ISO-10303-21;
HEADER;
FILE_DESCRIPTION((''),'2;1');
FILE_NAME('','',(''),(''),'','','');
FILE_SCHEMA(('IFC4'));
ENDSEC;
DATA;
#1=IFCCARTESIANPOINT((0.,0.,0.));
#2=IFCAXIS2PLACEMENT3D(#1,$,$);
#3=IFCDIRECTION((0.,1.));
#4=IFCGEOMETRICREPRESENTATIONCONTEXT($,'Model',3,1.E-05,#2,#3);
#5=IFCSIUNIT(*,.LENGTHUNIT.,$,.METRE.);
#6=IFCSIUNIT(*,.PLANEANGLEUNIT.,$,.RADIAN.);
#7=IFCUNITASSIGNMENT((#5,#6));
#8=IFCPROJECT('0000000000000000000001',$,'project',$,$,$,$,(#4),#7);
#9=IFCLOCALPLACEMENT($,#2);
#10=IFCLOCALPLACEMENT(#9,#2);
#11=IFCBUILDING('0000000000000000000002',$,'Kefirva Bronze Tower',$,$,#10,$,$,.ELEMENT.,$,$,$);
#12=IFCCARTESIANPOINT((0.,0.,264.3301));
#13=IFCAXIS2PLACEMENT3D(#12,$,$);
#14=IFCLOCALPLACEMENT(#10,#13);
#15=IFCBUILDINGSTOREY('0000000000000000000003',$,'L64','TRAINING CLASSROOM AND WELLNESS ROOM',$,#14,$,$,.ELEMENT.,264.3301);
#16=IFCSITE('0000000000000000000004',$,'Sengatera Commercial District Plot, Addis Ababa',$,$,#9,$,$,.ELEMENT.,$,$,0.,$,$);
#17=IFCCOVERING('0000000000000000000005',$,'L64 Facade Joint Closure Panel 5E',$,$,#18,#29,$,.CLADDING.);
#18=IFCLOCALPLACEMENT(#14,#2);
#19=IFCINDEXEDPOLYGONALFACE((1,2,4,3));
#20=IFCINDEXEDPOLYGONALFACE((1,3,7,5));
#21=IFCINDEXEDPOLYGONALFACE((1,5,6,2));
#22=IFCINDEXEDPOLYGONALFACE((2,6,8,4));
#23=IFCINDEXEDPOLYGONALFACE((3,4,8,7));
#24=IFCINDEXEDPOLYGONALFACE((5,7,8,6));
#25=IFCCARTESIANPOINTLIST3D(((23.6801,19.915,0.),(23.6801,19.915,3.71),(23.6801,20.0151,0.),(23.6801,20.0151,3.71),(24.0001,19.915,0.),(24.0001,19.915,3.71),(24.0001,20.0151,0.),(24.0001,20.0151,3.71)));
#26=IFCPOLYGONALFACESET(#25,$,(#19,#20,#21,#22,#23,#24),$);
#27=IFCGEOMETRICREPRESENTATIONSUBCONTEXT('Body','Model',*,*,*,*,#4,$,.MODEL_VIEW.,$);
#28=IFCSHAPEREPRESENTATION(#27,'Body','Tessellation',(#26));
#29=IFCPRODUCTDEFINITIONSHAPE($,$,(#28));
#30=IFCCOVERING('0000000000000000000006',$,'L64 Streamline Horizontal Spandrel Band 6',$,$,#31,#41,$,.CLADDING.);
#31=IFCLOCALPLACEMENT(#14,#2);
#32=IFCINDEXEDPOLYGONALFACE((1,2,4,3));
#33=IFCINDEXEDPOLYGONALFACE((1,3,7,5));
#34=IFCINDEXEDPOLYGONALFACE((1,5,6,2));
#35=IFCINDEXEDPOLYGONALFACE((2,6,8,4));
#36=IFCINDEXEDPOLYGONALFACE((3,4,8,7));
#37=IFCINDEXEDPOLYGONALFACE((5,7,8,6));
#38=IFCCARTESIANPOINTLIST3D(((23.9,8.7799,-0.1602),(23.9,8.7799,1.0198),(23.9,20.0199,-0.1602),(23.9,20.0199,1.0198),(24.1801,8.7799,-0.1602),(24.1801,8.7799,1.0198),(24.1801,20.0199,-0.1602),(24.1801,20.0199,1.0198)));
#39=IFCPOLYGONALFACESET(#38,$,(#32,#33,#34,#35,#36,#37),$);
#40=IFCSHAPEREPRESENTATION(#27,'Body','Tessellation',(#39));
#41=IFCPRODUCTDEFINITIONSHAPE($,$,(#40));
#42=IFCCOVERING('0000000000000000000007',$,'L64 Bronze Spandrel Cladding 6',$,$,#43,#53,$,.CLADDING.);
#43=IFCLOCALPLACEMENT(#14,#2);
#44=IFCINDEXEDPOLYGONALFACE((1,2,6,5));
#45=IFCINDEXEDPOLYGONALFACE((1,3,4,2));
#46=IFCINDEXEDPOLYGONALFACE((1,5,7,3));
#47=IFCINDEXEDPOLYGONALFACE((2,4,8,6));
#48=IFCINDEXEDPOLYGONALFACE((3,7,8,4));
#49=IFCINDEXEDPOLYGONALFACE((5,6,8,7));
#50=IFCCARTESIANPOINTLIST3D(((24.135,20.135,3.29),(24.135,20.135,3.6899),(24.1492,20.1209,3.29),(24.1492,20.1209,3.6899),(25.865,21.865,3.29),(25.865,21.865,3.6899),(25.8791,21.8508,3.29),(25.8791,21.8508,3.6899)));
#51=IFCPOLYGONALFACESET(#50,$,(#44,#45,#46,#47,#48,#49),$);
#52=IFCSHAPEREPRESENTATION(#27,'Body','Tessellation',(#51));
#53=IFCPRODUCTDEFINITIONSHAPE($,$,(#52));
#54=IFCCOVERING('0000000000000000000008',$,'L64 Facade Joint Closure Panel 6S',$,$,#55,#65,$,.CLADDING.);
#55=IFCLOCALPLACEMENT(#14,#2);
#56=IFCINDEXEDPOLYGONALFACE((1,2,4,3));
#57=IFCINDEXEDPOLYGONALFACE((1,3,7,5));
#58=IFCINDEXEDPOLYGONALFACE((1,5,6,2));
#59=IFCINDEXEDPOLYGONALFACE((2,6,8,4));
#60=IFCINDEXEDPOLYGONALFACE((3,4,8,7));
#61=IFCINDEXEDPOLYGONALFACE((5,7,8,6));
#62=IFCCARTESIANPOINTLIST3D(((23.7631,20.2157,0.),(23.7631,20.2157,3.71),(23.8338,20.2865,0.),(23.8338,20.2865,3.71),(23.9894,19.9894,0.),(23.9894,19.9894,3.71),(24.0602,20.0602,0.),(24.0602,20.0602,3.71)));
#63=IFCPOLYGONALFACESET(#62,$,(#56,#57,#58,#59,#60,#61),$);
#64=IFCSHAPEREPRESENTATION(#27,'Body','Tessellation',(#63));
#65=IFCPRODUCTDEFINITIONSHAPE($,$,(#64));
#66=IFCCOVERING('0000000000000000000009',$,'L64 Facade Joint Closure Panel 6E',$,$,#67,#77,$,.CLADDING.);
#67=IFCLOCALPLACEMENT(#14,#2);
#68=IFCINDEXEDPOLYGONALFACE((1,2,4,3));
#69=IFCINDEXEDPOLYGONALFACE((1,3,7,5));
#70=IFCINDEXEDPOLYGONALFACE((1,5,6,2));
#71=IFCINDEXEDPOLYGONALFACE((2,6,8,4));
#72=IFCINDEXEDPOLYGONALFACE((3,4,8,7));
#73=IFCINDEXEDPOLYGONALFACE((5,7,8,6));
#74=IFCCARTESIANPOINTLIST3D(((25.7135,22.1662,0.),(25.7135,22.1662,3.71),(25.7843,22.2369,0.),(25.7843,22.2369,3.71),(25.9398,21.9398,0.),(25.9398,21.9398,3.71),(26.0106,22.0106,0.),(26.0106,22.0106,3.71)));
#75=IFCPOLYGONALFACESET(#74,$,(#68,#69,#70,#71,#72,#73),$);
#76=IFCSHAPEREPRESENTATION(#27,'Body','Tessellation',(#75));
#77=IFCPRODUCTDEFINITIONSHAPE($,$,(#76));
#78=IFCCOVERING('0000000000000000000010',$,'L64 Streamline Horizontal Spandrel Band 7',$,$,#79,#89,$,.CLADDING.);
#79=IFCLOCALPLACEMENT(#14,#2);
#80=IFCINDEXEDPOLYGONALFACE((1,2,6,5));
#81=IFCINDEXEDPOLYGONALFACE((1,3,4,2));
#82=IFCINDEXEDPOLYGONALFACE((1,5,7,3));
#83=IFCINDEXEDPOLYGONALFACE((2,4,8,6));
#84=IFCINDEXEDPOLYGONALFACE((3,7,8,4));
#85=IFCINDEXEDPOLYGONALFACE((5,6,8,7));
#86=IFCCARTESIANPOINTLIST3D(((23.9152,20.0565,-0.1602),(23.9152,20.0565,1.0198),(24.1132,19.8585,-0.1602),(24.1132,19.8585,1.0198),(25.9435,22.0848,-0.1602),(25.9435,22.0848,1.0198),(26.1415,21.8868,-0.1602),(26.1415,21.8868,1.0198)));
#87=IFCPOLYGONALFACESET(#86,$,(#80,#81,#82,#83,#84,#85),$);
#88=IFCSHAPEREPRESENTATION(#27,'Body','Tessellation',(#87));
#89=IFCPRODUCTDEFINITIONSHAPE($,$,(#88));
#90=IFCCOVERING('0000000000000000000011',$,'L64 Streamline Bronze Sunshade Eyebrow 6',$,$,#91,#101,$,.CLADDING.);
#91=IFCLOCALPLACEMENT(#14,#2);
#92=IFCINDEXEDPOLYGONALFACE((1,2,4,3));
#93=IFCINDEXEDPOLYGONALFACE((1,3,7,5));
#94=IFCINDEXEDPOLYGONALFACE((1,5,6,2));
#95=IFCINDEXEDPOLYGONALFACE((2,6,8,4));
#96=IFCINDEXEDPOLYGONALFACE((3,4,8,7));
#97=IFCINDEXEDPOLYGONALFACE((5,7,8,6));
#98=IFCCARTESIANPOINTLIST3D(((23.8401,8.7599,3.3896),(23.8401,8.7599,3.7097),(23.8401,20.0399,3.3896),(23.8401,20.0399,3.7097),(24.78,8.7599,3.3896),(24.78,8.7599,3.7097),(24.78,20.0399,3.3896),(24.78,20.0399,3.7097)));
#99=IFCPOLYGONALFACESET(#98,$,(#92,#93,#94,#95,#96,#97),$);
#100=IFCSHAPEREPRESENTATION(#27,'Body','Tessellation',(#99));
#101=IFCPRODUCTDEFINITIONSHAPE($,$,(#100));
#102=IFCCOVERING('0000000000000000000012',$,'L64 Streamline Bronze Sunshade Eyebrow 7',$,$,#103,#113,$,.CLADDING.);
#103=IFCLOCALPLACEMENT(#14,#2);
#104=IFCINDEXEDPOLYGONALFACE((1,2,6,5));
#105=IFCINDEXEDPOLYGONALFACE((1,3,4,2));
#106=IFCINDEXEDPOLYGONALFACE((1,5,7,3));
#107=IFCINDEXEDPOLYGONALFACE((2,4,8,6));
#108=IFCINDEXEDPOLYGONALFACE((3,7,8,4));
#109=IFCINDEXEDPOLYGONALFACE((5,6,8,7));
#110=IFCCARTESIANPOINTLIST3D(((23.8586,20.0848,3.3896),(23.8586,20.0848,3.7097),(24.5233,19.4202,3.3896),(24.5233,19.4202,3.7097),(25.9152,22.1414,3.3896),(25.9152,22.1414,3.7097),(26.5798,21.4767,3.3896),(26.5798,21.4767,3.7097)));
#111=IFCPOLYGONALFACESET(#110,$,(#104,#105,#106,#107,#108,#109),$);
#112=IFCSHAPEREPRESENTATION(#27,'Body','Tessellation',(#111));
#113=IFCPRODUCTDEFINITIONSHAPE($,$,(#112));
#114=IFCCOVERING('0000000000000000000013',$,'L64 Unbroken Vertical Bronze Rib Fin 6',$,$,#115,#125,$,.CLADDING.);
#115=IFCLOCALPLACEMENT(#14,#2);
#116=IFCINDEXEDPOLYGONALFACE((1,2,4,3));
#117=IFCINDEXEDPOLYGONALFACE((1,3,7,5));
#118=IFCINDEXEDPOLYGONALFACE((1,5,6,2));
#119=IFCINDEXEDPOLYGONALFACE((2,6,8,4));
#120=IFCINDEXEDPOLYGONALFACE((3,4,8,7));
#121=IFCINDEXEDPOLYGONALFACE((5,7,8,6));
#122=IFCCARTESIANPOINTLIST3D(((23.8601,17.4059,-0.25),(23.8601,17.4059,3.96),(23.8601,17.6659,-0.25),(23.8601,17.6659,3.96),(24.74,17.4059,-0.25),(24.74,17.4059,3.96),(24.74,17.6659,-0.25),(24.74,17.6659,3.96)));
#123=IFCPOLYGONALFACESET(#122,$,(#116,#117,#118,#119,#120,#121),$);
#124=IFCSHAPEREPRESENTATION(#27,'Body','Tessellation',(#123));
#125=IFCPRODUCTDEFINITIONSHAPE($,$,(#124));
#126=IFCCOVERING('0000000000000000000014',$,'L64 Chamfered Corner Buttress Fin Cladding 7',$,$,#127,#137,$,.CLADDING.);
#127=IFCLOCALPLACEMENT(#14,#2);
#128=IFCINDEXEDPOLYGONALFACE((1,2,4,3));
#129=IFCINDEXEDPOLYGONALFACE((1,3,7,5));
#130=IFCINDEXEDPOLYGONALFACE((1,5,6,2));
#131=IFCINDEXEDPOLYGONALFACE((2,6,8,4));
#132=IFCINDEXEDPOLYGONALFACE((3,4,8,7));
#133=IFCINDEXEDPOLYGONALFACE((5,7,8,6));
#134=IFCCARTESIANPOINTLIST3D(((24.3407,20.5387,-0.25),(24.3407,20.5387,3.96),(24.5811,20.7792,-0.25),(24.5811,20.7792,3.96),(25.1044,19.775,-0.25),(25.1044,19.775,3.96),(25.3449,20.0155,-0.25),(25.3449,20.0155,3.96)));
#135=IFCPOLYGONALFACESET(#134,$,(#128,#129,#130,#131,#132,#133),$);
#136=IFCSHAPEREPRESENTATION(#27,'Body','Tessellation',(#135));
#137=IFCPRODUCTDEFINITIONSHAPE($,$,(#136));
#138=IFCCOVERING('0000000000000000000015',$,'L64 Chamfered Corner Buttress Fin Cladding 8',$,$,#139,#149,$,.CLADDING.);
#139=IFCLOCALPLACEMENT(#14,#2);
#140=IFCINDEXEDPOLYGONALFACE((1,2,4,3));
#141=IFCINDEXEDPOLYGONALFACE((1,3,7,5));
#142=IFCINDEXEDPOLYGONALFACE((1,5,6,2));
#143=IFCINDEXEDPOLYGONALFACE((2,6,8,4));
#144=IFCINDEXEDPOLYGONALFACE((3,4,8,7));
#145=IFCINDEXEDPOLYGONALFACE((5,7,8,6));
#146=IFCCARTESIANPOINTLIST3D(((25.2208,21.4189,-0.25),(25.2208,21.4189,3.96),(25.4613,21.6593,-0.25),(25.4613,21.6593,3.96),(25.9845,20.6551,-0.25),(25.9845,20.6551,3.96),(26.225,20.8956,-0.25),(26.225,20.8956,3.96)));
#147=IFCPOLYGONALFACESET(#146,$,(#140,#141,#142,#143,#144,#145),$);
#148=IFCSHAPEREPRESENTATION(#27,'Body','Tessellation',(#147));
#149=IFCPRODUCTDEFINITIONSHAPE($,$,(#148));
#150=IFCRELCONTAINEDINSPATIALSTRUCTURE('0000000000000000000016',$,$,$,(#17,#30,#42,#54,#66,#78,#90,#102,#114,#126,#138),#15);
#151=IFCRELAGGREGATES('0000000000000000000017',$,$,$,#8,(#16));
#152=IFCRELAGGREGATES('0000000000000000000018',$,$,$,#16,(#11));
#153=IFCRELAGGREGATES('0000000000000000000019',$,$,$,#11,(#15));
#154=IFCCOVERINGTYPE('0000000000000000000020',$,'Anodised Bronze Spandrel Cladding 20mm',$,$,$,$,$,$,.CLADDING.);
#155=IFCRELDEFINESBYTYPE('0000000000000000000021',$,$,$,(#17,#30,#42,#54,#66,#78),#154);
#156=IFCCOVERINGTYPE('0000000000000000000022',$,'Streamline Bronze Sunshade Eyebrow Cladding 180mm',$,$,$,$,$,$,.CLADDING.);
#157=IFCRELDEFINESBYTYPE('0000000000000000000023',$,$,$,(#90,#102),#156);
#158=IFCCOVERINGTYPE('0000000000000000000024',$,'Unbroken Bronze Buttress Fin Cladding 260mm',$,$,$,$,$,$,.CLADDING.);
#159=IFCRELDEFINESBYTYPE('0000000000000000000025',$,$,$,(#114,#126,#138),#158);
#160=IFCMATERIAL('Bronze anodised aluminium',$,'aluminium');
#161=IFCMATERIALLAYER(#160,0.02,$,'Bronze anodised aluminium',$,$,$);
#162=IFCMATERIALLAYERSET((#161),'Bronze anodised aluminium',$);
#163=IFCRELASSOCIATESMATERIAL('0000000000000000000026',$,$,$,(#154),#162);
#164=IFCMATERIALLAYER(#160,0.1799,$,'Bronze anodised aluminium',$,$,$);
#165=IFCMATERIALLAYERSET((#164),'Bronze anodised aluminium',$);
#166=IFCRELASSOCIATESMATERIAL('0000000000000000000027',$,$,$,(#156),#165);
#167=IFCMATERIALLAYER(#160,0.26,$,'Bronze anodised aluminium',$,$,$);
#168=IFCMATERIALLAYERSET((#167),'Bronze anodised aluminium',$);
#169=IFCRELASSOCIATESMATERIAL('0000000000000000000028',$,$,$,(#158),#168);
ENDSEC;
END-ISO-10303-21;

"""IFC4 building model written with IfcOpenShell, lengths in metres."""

from ifc_helpers import new_model, si_unit, direction, frame, origin, origin_2d, place, context, subcontext, project, spatial, rectangle, extrude, material, layer, layer_set, type_object, element, save


model = new_model("IFC4")

# Units and contexts
model_context = context("Model", 3, precision=1e-05, world=origin(), true_north=direction((0.0, 1.0)))
body_context = subcontext(model_context, "Body", "Model", "MODEL_VIEW")
ifc_project = project(units=[si_unit("LENGTHUNIT", "METRE"), si_unit("PLANEANGLEUNIT", "RADIAN")], contexts=[model_context])

# Site, building, storey
site_placement = place(None, origin())
site = spatial("IfcSite", under=ifc_project, at=site_placement, Name="Sengatera Commercial District Plot, Addis Ababa", CompositionType="ELEMENT", RefElevation=0.0)
building_placement = place(site_placement, origin())
building = spatial("IfcBuilding", under=site, at=building_placement, Name="Kefirva Bronze Tower", CompositionType="ELEMENT")
storey_placement = place(building_placement, frame((0.0, 0.0, 264.3301)))
storey = spatial("IfcBuildingStorey", under=building, at=storey_placement, Name="L64", Description="TRAINING CLASSROOM AND WELLNESS ROOM", CompositionType="ELEMENT", Elevation=264.3301)

# Coverings
ifc_material_1 = material(Name="Bronze anodised aluminium", Category="aluminium")
ifc_layer_1 = layer(ifc_material_1, 0.02, Name="Bronze anodised aluminium")
ifc_layer_set_1 = layer_set([ifc_layer_1], Name="Bronze anodised aluminium")
covering_type_1 = type_object("IfcCoveringType", Name="Anodised Bronze Spandrel Cladding 20mm", PredefinedType="CLADDING", material=ifc_layer_set_1)
covering_1_placement = place(storey_placement, frame((23.8401, 19.9651, 0.0), z_axis=(0.0, 0.0, 1.0), x_axis=(0.0, 1.0, 0.0)))
element("IfcCovering", 1, at=covering_1_placement, inside=storey, type_object=covering_type_1, Name="L64 Facade Joint Closure Panel 5E", PredefinedType="CLADDING", context=body_context, shape_type="SweptSolid", body=[
    extrude(rectangle(XDim=0.1001, YDim=0.3201, at=origin_2d()), origin(), (0.0, 0.0, 1.0), 3.71),
])
covering_2_placement = place(storey_placement, frame((24.04, 14.3999, -0.1602), z_axis=(0.0, 0.0, 1.0), x_axis=(0.0, 1.0, 0.0)))
element("IfcCovering", 2, at=covering_2_placement, inside=storey, type_object=covering_type_1, Name="L64 Streamline Horizontal Spandrel Band 6", PredefinedType="CLADDING", context=body_context, shape_type="SweptSolid", body=[
    extrude(rectangle(XDim=11.24, YDim=0.28, at=origin_2d()), origin(), (0.0, 0.0, 1.0), 1.1799),
])
covering_3_placement = place(storey_placement, frame((25.0071, 20.9929, 3.29), z_axis=(0.0, 0.0, 1.0), x_axis=(0.707107, 0.707107, 0.0)))
element("IfcCovering", 3, at=covering_3_placement, inside=storey, type_object=covering_type_1, Name="L64 Bronze Spandrel Cladding 6", PredefinedType="CLADDING", context=body_context, shape_type="SweptSolid", body=[
    extrude(rectangle(XDim=2.4465, YDim=0.02, at=origin_2d()), origin(), (0.0, 0.0, 1.0), 0.3999),
])
for number, where, z_axis, x_axis, name in (
    (4, (23.9116, 20.1379, 0.0), (0.0, 0.0, 1.0), (0.707107, 0.707107, 0.0), "L64 Facade Joint Closure Panel 6S"),
    (5, (25.8621, 22.0884, 0.0), (0.0, 0.0, 1.0), (0.707107, 0.707107, 0.0), "L64 Facade Joint Closure Panel 6E"),
):
    element("IfcCovering", number, at=place(storey_placement, frame(where, z_axis=z_axis, x_axis=x_axis)), inside=storey, type_object=covering_type_1, Name=name, PredefinedType="CLADDING", context=body_context, shape_type="SweptSolid", body=[
        extrude(rectangle(XDim=0.1001, YDim=0.3201, at=origin_2d()), origin(), (0.0, 0.0, 1.0), 3.71),
    ])
covering_4_placement = place(storey_placement, frame((25.0283, 20.9717, -0.1602), z_axis=(0.0, 0.0, 1.0), x_axis=(0.707107, 0.707107, 0.0)))
element("IfcCovering", 6, at=covering_4_placement, inside=storey, type_object=covering_type_1, Name="L64 Streamline Horizontal Spandrel Band 7", PredefinedType="CLADDING", context=body_context, shape_type="SweptSolid", body=[
    extrude(rectangle(XDim=2.8684, YDim=0.28, at=origin_2d()), origin(), (0.0, 0.0, 1.0), 1.1799),
])
ifc_layer_2 = layer(ifc_material_1, 0.1799, Name="Bronze anodised aluminium")
ifc_layer_set_2 = layer_set([ifc_layer_2], Name="Bronze anodised aluminium")
covering_type_2 = type_object("IfcCoveringType", Name="Streamline Bronze Sunshade Eyebrow Cladding 180mm", PredefinedType="CLADDING", material=ifc_layer_set_2)
covering_5_placement = place(storey_placement, frame((24.3101, 14.3999, 3.3896), z_axis=(0.0, 0.0, 1.0), x_axis=(0.0, 1.0, 0.0)))
element("IfcCovering", 7, at=covering_5_placement, inside=storey, type_object=covering_type_2, Name="L64 Streamline Bronze Sunshade Eyebrow 6", PredefinedType="CLADDING", context=body_context, shape_type="SweptSolid", body=[
    extrude(rectangle(XDim=11.28, YDim=0.9399, at=origin_2d()), origin(), (0.0, 0.0, 1.0), 0.3201),
])
covering_6_placement = place(storey_placement, frame((25.2192, 20.7808, 3.3896), z_axis=(0.0, 0.0, 1.0), x_axis=(0.707107, 0.707107, 0.0)))
element("IfcCovering", 8, at=covering_6_placement, inside=storey, type_object=covering_type_2, Name="L64 Streamline Bronze Sunshade Eyebrow 7", PredefinedType="CLADDING", context=body_context, shape_type="SweptSolid", body=[
    extrude(rectangle(XDim=2.9084, YDim=0.9399, at=origin_2d()), origin(), (0.0, 0.0, 1.0), 0.3201),
])
ifc_layer_3 = layer(ifc_material_1, 0.26, Name="Bronze anodised aluminium")
ifc_layer_set_3 = layer_set([ifc_layer_3], Name="Bronze anodised aluminium")
covering_type_3 = type_object("IfcCoveringType", Name="Unbroken Bronze Buttress Fin Cladding 260mm", PredefinedType="CLADDING", material=ifc_layer_set_3)
covering_7_placement = place(storey_placement, frame((24.3, 17.5359, -0.25), z_axis=(0.0, 0.0, 1.0), x_axis=(0.0, 1.0, 0.0)))
element("IfcCovering", 9, at=covering_7_placement, inside=storey, type_object=covering_type_3, Name="L64 Unbroken Vertical Bronze Rib Fin 6", PredefinedType="CLADDING", context=body_context, shape_type="SweptSolid", body=[
    extrude(rectangle(XDim=0.26, YDim=0.8799, at=origin_2d()), origin(), (0.0, 0.0, 1.0), 4.21),
])
for number, where, z_axis, x_axis, name in (
    (10, (24.8428, 20.2771, -0.25), (0.0, 0.0, 1.0), (0.707107, 0.707107, 0.0), "L64 Chamfered Corner Buttress Fin Cladding 7"),
    (11, (25.7229, 21.1572, -0.25), (0.0, 0.0, 1.0), (0.707107, 0.707107, 0.0), "L64 Chamfered Corner Buttress Fin Cladding 8"),
):
    element("IfcCovering", number, at=place(storey_placement, frame(where, z_axis=z_axis, x_axis=x_axis)), inside=storey, type_object=covering_type_3, Name=name, PredefinedType="CLADDING", context=body_context, shape_type="SweptSolid", body=[
        extrude(rectangle(XDim=0.3401, YDim=1.0801, at=origin_2d()), origin(), (0.0, 0.0, 1.0), 4.21),
    ])

save(model, "model.ifc")
